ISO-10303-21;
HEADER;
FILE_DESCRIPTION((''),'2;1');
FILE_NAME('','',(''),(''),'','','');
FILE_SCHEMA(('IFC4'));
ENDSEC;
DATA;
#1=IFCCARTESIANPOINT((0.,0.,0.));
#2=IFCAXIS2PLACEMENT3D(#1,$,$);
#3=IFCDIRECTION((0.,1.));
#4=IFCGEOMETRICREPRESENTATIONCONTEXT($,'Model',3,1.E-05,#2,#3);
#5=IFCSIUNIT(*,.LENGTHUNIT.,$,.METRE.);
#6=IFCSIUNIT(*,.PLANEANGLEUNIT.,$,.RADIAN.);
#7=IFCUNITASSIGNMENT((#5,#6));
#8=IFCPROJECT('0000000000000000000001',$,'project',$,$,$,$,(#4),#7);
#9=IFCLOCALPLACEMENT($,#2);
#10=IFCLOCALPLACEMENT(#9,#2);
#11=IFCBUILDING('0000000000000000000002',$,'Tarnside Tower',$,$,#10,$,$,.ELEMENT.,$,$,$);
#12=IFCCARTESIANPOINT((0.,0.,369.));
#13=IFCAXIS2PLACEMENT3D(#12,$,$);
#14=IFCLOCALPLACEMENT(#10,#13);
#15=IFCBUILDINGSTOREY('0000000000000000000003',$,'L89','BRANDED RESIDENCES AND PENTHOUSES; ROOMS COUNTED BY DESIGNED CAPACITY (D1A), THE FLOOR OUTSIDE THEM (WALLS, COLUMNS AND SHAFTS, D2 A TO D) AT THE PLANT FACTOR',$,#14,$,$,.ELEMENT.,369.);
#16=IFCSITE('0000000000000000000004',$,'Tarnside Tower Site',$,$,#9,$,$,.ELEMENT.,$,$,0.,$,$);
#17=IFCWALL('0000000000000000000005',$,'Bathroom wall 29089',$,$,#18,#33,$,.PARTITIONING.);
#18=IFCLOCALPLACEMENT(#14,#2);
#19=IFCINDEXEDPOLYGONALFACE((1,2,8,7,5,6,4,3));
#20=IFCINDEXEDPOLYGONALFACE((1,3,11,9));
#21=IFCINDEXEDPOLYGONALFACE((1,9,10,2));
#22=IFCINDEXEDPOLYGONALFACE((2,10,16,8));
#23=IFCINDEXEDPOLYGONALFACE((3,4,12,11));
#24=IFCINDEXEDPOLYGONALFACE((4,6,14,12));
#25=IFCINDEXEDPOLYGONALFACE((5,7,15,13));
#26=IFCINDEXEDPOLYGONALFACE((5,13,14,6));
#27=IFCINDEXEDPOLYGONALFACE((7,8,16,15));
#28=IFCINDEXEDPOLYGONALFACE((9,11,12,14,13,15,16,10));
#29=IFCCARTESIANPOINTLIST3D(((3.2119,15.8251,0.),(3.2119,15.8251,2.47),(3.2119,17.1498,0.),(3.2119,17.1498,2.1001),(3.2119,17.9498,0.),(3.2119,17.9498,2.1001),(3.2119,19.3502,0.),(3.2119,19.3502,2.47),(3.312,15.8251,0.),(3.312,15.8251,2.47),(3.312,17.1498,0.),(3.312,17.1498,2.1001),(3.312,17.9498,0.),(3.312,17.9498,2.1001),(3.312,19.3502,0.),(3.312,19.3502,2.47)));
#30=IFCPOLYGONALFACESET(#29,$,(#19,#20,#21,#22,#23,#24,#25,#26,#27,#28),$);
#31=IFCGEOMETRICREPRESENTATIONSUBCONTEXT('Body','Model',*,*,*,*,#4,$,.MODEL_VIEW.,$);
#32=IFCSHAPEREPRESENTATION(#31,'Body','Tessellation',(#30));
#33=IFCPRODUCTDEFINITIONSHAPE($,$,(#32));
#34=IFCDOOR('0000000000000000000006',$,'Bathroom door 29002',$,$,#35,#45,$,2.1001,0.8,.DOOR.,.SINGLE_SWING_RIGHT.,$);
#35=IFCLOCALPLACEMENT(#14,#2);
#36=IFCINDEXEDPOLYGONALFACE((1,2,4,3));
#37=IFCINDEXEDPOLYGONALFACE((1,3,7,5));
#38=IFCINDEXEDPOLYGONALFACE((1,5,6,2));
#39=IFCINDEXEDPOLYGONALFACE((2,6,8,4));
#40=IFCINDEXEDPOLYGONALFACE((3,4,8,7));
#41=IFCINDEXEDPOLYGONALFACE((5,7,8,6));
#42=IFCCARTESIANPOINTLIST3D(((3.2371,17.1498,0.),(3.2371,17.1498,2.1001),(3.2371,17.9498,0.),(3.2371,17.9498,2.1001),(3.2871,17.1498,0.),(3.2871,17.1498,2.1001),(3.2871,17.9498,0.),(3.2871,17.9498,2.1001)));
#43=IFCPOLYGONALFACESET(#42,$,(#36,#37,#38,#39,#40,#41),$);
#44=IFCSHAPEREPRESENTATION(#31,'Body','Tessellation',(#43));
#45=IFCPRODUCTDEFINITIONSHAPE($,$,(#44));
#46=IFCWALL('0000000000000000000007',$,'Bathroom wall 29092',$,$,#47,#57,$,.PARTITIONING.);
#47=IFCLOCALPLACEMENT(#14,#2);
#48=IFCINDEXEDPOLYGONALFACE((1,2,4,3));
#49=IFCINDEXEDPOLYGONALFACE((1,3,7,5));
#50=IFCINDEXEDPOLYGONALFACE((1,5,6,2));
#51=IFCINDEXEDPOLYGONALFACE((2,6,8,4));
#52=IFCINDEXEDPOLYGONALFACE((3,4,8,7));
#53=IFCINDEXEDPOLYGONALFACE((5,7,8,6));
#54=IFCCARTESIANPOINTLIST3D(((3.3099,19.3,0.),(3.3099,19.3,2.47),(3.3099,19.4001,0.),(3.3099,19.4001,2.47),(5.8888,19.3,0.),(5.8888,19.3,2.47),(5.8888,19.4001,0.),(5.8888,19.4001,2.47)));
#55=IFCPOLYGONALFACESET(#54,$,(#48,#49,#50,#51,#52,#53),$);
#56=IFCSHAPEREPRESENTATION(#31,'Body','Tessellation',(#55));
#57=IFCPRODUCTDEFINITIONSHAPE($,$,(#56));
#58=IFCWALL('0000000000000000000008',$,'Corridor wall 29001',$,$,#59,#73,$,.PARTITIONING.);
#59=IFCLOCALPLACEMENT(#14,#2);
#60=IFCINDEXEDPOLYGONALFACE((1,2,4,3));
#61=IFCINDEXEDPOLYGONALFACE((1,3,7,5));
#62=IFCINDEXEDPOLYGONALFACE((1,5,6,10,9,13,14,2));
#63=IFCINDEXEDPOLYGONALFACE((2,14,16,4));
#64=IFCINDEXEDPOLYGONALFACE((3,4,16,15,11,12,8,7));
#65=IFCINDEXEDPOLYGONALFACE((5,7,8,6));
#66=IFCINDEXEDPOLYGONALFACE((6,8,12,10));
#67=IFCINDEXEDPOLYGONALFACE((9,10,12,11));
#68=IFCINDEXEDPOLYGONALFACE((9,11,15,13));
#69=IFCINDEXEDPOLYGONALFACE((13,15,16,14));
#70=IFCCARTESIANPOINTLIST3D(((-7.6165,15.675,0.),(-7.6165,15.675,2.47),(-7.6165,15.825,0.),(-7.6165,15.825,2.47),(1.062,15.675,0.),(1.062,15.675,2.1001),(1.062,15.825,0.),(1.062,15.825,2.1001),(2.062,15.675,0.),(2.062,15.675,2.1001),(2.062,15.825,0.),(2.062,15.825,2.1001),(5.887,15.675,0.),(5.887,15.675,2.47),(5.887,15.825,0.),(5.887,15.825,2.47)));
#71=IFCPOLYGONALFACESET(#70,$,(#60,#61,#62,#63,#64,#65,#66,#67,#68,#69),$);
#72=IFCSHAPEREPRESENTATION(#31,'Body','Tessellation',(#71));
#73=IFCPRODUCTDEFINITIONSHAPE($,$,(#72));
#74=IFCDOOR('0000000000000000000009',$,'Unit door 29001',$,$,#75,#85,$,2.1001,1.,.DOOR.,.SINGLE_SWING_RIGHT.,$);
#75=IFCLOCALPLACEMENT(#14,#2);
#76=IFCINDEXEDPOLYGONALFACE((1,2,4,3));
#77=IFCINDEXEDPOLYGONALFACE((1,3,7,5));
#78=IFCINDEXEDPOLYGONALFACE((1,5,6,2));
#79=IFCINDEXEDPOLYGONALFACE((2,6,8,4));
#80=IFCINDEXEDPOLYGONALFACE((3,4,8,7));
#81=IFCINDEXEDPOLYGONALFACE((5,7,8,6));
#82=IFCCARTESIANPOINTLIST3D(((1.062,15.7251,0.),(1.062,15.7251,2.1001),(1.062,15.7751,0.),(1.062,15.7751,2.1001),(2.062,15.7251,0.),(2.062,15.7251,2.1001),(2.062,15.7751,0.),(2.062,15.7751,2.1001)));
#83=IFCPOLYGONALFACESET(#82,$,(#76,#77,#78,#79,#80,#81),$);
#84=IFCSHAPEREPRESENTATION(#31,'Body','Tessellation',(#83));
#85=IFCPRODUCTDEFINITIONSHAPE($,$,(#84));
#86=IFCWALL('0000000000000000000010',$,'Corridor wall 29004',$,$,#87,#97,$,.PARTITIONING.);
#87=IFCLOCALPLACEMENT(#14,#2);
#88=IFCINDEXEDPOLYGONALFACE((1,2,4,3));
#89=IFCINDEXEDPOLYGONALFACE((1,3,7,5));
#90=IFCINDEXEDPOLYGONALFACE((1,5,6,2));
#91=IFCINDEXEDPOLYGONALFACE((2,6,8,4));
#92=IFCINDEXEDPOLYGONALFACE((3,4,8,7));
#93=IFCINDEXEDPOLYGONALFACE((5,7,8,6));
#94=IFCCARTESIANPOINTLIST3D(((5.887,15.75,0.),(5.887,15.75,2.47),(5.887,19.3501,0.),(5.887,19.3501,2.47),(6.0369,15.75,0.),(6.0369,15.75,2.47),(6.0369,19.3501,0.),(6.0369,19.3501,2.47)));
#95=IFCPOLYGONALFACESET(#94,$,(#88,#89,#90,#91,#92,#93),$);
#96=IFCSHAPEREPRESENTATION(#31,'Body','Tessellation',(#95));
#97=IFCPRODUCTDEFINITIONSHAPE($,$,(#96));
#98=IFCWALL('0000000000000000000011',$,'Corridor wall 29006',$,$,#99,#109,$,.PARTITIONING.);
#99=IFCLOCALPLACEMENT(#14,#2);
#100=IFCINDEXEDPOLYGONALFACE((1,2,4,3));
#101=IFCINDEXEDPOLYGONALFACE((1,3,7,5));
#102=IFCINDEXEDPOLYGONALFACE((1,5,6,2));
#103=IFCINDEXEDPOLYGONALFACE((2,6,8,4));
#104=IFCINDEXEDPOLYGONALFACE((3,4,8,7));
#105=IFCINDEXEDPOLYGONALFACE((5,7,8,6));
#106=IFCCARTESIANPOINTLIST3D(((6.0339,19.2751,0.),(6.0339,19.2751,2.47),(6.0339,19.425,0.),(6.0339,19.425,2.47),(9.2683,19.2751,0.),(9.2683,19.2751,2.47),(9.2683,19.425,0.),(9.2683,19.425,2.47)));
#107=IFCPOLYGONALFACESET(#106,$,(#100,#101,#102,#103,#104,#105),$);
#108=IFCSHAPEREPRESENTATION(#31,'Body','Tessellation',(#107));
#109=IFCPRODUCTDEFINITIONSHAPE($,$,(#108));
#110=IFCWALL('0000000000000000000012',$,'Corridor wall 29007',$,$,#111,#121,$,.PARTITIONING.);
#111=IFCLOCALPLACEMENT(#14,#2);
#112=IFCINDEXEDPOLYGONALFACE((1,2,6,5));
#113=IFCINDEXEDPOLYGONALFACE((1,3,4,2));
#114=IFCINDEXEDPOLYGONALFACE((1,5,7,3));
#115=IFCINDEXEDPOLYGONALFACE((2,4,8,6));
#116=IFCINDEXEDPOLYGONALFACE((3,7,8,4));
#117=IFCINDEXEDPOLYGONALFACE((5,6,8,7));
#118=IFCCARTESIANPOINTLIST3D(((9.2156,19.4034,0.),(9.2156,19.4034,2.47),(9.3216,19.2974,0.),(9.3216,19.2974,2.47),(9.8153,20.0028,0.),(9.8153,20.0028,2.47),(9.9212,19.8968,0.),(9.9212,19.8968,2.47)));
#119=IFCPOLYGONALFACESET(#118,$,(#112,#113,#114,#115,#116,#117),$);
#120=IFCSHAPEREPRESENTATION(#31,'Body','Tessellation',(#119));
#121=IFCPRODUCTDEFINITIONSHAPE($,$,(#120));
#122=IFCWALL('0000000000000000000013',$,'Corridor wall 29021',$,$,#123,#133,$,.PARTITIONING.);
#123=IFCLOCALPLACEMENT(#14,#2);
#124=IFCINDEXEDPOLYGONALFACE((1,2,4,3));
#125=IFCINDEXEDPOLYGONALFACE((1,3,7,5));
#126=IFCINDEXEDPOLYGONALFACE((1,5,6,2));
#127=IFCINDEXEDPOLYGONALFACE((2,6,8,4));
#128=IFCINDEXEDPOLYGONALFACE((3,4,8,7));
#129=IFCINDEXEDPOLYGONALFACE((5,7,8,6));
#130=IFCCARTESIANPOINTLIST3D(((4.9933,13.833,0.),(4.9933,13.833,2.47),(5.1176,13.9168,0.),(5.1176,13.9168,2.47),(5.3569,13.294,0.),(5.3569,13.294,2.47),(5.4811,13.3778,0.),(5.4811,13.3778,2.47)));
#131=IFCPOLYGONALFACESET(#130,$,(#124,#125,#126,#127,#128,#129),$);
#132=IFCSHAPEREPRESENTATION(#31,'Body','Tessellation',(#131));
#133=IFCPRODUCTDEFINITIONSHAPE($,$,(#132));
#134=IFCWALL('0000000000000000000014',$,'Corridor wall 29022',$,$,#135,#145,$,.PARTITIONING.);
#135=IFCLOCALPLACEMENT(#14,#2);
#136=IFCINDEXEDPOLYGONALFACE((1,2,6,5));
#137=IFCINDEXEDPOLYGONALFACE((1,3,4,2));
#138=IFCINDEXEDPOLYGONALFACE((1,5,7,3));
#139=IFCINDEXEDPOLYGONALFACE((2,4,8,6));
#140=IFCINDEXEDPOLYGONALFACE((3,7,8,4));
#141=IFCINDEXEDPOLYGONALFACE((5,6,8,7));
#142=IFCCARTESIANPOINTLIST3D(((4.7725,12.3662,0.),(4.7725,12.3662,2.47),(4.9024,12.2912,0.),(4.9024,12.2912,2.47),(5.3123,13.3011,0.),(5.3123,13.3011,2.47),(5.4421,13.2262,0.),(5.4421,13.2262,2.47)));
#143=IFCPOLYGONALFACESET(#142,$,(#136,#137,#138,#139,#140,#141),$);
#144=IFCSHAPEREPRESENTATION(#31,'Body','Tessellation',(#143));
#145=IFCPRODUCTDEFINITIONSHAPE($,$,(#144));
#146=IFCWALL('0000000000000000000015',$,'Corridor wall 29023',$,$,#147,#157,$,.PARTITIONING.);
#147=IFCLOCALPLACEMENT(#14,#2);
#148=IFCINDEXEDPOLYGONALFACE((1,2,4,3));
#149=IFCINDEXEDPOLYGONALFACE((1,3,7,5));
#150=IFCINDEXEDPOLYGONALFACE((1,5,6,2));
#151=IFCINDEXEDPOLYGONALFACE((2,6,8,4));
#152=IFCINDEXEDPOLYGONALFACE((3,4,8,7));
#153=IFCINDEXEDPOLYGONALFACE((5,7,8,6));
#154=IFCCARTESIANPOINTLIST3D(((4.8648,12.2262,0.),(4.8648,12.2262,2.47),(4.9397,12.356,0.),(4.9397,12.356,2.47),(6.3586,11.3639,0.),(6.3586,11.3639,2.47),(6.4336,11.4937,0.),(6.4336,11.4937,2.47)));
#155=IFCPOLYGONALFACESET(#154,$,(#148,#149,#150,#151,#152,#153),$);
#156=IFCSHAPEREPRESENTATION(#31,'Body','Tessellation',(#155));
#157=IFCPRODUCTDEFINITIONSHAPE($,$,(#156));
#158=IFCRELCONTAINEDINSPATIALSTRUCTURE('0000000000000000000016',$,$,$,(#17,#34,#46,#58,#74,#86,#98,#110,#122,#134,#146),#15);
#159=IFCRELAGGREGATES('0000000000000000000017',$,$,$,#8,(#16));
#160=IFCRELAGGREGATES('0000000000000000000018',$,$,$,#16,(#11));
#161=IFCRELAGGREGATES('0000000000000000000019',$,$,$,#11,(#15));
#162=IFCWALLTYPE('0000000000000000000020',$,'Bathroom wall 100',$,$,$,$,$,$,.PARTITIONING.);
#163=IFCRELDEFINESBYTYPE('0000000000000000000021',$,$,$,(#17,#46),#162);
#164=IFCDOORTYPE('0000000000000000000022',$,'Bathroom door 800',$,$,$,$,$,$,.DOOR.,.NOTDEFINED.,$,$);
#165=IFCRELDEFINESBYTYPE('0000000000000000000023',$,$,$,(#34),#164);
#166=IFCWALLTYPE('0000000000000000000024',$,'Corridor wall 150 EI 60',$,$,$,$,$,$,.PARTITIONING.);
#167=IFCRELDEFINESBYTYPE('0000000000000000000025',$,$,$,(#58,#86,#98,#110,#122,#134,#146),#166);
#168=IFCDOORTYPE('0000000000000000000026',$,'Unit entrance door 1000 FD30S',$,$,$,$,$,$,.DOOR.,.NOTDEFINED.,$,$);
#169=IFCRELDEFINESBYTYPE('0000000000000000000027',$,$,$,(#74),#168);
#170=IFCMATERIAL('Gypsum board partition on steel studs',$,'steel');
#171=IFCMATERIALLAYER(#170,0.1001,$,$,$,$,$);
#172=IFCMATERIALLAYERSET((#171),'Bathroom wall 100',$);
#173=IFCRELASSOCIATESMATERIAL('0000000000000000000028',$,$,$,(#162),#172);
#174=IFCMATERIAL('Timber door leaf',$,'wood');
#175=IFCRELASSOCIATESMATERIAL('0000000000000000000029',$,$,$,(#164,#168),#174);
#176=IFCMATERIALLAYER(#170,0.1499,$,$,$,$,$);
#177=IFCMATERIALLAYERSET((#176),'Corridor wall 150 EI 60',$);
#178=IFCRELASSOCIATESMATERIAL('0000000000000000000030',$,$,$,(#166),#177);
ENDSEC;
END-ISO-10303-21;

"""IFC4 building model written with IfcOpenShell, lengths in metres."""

from ifc_helpers import new_model, si_unit, direction, frame, frame_2d, origin, place, context, subcontext, project, spatial, rectangle, extrude, material, layer, layer_set, type_object, element, fill, save


model = new_model("IFC4")

# Units and contexts
model_context = context("Model", 3, precision=1e-05, world=origin(), true_north=direction((0.0, 1.0)))
body_context = subcontext(model_context, "Body", "Model", "MODEL_VIEW")
ifc_project = project(units=[si_unit("LENGTHUNIT", "METRE"), si_unit("PLANEANGLEUNIT", "RADIAN")], contexts=[model_context])

# Site, building, storey
site_placement = place(None, origin())
site = spatial("IfcSite", under=ifc_project, at=site_placement, Name="Tarnside Tower Site", CompositionType="ELEMENT", RefElevation=0.0)
building_placement = place(site_placement, origin())
building = spatial("IfcBuilding", under=site, at=building_placement, Name="Tarnside Tower", CompositionType="ELEMENT")
storey_placement = place(building_placement, frame((0.0, 0.0, 369.0)))
storey = spatial("IfcBuildingStorey", under=building, at=storey_placement, Name="L89", Description="BRANDED RESIDENCES AND PENTHOUSES; ROOMS COUNTED BY DESIGNED CAPACITY (D1A), THE FLOOR OUTSIDE THEM (WALLS, COLUMNS AND SHAFTS, D2 A TO D) AT THE PLANT FACTOR", CompositionType="ELEMENT", Elevation=369.0)

# Wall, opening, door
ifc_material_1 = material(Name="Gypsum board partition on steel studs", Category="steel")
ifc_layer_1 = layer(ifc_material_1, 0.1001)
ifc_layer_set_1 = layer_set([ifc_layer_1], Name="Bathroom wall 100")
wall_type_1 = type_object("IfcWallType", Name="Bathroom wall 100", PredefinedType="PARTITIONING", material=ifc_layer_set_1)
wall_1_placement = place(storey_placement, frame((3.262, 15.825, 0.0), z_axis=(0.0, 0.0, 1.0), x_axis=(0.0, 1.0, 0.0)))
wall_1 = element("IfcWall", 1, at=wall_1_placement, inside=storey, type_object=wall_type_1, Name="Bathroom wall 29089", PredefinedType="PARTITIONING", context=body_context, shape_type="SweptSolid", body=[
    extrude(rectangle(XDim=3.5251, YDim=0.1001, at=frame_2d((1.7627, 0.0))), origin(), (0.0, 0.0, 1.0), 2.47),
])
opening_1_placement = place(wall_1_placement, frame((1.325, 0.0, 0.0)))
opening_1 = element("IfcOpeningElement", 2, at=opening_1_placement, cuts=wall_1, PredefinedType="OPENING", context=body_context, shape_type="SweptSolid", body=[
    extrude(rectangle(XDim=0.8, YDim=2.1001, at=frame_2d((0.3999, 1.05))), frame((0.0, 0.0601, 0.0), z_axis=(0.0, -1.0, 0.0), x_axis=(1.0, 0.0, 0.0)), (0.0, 0.0, 1.0), 0.1201),
])
ifc_material_2 = material(Name="Timber door leaf", Category="wood")
door_type_1 = type_object("IfcDoorType", Name="Bathroom door 800", OperationType="NOTDEFINED", PredefinedType="DOOR", material=ifc_material_2)
door_1_placement = place(opening_1_placement, origin())
door_1 = element("IfcDoor", 3, at=door_1_placement, inside=storey, type_object=door_type_1, Name="Bathroom door 29002", OperationType="SINGLE_SWING_RIGHT", OverallHeight=2.1001, OverallWidth=0.8, PredefinedType="DOOR", context=body_context, shape_type="SweptSolid", body=[
    extrude(rectangle(XDim=0.8, YDim=2.1001, at=frame_2d((0.3999, 1.05))), frame((0.0, 0.0249, 0.0), z_axis=(0.0, -1.0, 0.0), x_axis=(1.0, 0.0, 0.0)), (0.0, 0.0, 1.0), 0.05),
])
fill(opening_1, door_1)

# Wall
wall_2_placement = place(storey_placement, frame((5.8889, 19.3501, 0.0), z_axis=(0.0, 0.0, 1.0), x_axis=(-1.0, 0.0, 0.0)))
element("IfcWall", 4, at=wall_2_placement, inside=storey, type_object=wall_type_1, Name="Bathroom wall 29092", PredefinedType="PARTITIONING", context=body_context, shape_type="SweptSolid", body=[
    extrude(rectangle(XDim=2.5789, YDim=0.1001, at=frame_2d((1.2896, 0.0))), origin(), (0.0, 0.0, 1.0), 2.47),
])

# Wall, opening, door
ifc_layer_2 = layer(ifc_material_1, 0.1499)
ifc_layer_set_2 = layer_set([ifc_layer_2], Name="Corridor wall 150 EI 60")
wall_type_2 = type_object("IfcWallType", Name="Corridor wall 150 EI 60", PredefinedType="PARTITIONING", material=ifc_layer_set_2)
wall_3_placement = place(storey_placement, frame((5.887, 15.75, 0.0), z_axis=(0.0, 0.0, 1.0), x_axis=(-1.0, 0.0, 0.0)))
wall_3 = element("IfcWall", 5, at=wall_3_placement, inside=storey, type_object=wall_type_2, Name="Corridor wall 29001", PredefinedType="PARTITIONING", context=body_context, shape_type="SweptSolid", body=[
    extrude(rectangle(XDim=13.5034, YDim=0.1499, at=frame_2d((6.7517, 0.0))), origin(), (0.0, 0.0, 1.0), 2.47),
])
opening_2_placement = place(wall_3_placement, frame((3.825, 0.0, 0.0)))
opening_2 = element("IfcOpeningElement", 6, at=opening_2_placement, cuts=wall_3, PredefinedType="OPENING", context=body_context, shape_type="SweptSolid", body=[
    extrude(rectangle(XDim=1.0, YDim=2.1001, at=frame_2d((0.5, 1.05))), frame((0.0, 0.085, 0.0), z_axis=(0.0, -1.0, 0.0), x_axis=(1.0, 0.0, 0.0)), (0.0, 0.0, 1.0), 0.1699),
])
door_type_2 = type_object("IfcDoorType", Name="Unit entrance door 1000 FD30S", OperationType="NOTDEFINED", PredefinedType="DOOR", material=ifc_material_2)
door_2_placement = place(opening_2_placement, origin())
door_2 = element("IfcDoor", 7, at=door_2_placement, inside=storey, type_object=door_type_2, Name="Unit door 29001", OperationType="SINGLE_SWING_RIGHT", OverallHeight=2.1001, OverallWidth=1.0, PredefinedType="DOOR", context=body_context, shape_type="SweptSolid", body=[
    extrude(rectangle(XDim=1.0, YDim=2.1001, at=frame_2d((0.5, 1.05))), frame((0.0, 0.0249, 0.0), z_axis=(0.0, -1.0, 0.0), x_axis=(1.0, 0.0, 0.0)), (0.0, 0.0, 1.0), 0.05),
])
fill(opening_2, door_2)

# Walls
wall_4_placement = place(storey_placement, frame((5.9619, 19.3501, 0.0), z_axis=(0.0, 0.0, 1.0), x_axis=(0.0, -1.0, 0.0)))
element("IfcWall", 8, at=wall_4_placement, inside=storey, type_object=wall_type_2, Name="Corridor wall 29004", PredefinedType="PARTITIONING", context=body_context, shape_type="SweptSolid", body=[
    extrude(rectangle(XDim=3.6001, YDim=0.1499, at=frame_2d((1.8, 0.0))), origin(), (0.0, 0.0, 1.0), 2.47),
])
wall_5_placement = place(storey_placement, frame((9.2683, 19.3501, 0.0), z_axis=(0.0, 0.0, 1.0), x_axis=(-1.0, 0.0, 0.0)))
element("IfcWall", 9, at=wall_5_placement, inside=storey, type_object=wall_type_2, Name="Corridor wall 29006", PredefinedType="PARTITIONING", context=body_context, shape_type="SweptSolid", body=[
    extrude(rectangle(XDim=3.2344, YDim=0.1499, at=frame_2d((1.6172, 0.0))), origin(), (0.0, 0.0, 1.0), 2.47),
])
wall_6_placement = place(storey_placement, frame((9.8682, 19.9497, 0.0), z_axis=(0.0, 0.0, 1.0), x_axis=(-0.707251, -0.706963, 0.0)))
element("IfcWall", 10, at=wall_6_placement, inside=storey, type_object=wall_type_2, Name="Corridor wall 29007", PredefinedType="PARTITIONING", context=body_context, shape_type="SweptSolid", body=[
    extrude(rectangle(XDim=0.8479, YDim=0.1499, at=frame_2d((0.4238, 0.0))), origin(), (0.0, 0.0, 1.0), 2.47),
])
wall_7_placement = place(storey_placement, frame((5.0554, 13.875, 0.0), z_axis=(0.0, 0.0, 1.0), x_axis=(0.559112, -0.829092, 0.0)))
element("IfcWall", 11, at=wall_7_placement, inside=storey, type_object=wall_type_2, Name="Corridor wall 29021", PredefinedType="PARTITIONING", context=body_context, shape_type="SweptSolid", body=[
    extrude(rectangle(XDim=0.6501, YDim=0.1499, at=frame_2d((0.3252, 0.0))), origin(), (0.0, 0.0, 1.0), 2.47),
])
wall_8_placement = place(storey_placement, frame((5.3772, 13.2637, 0.0), z_axis=(0.0, 0.0, 1.0), x_axis=(-0.499957, -0.86605, 0.0)))
element("IfcWall", 12, at=wall_8_placement, inside=storey, type_object=wall_type_2, Name="Corridor wall 29022", PredefinedType="PARTITIONING", context=body_context, shape_type="SweptSolid", body=[
    extrude(rectangle(XDim=1.0796, YDim=0.1499, at=frame_2d((0.5398, 0.0))), origin(), (0.0, 0.0, 1.0), 2.47),
])
wall_9_placement = place(storey_placement, frame((4.9023, 12.291, 0.0), z_axis=(0.0, 0.0, 1.0), x_axis=(0.866075, -0.499914, 0.0)))
element("IfcWall", 13, at=wall_9_placement, inside=storey, type_object=wall_type_2, Name="Corridor wall 29023", PredefinedType="PARTITIONING", context=body_context, shape_type="SweptSolid", body=[
    extrude(rectangle(XDim=1.7249, YDim=0.1499, at=frame_2d((0.8623, 0.0))), origin(), (0.0, 0.0, 1.0), 2.47),
])

save(model, "model.ifc")
